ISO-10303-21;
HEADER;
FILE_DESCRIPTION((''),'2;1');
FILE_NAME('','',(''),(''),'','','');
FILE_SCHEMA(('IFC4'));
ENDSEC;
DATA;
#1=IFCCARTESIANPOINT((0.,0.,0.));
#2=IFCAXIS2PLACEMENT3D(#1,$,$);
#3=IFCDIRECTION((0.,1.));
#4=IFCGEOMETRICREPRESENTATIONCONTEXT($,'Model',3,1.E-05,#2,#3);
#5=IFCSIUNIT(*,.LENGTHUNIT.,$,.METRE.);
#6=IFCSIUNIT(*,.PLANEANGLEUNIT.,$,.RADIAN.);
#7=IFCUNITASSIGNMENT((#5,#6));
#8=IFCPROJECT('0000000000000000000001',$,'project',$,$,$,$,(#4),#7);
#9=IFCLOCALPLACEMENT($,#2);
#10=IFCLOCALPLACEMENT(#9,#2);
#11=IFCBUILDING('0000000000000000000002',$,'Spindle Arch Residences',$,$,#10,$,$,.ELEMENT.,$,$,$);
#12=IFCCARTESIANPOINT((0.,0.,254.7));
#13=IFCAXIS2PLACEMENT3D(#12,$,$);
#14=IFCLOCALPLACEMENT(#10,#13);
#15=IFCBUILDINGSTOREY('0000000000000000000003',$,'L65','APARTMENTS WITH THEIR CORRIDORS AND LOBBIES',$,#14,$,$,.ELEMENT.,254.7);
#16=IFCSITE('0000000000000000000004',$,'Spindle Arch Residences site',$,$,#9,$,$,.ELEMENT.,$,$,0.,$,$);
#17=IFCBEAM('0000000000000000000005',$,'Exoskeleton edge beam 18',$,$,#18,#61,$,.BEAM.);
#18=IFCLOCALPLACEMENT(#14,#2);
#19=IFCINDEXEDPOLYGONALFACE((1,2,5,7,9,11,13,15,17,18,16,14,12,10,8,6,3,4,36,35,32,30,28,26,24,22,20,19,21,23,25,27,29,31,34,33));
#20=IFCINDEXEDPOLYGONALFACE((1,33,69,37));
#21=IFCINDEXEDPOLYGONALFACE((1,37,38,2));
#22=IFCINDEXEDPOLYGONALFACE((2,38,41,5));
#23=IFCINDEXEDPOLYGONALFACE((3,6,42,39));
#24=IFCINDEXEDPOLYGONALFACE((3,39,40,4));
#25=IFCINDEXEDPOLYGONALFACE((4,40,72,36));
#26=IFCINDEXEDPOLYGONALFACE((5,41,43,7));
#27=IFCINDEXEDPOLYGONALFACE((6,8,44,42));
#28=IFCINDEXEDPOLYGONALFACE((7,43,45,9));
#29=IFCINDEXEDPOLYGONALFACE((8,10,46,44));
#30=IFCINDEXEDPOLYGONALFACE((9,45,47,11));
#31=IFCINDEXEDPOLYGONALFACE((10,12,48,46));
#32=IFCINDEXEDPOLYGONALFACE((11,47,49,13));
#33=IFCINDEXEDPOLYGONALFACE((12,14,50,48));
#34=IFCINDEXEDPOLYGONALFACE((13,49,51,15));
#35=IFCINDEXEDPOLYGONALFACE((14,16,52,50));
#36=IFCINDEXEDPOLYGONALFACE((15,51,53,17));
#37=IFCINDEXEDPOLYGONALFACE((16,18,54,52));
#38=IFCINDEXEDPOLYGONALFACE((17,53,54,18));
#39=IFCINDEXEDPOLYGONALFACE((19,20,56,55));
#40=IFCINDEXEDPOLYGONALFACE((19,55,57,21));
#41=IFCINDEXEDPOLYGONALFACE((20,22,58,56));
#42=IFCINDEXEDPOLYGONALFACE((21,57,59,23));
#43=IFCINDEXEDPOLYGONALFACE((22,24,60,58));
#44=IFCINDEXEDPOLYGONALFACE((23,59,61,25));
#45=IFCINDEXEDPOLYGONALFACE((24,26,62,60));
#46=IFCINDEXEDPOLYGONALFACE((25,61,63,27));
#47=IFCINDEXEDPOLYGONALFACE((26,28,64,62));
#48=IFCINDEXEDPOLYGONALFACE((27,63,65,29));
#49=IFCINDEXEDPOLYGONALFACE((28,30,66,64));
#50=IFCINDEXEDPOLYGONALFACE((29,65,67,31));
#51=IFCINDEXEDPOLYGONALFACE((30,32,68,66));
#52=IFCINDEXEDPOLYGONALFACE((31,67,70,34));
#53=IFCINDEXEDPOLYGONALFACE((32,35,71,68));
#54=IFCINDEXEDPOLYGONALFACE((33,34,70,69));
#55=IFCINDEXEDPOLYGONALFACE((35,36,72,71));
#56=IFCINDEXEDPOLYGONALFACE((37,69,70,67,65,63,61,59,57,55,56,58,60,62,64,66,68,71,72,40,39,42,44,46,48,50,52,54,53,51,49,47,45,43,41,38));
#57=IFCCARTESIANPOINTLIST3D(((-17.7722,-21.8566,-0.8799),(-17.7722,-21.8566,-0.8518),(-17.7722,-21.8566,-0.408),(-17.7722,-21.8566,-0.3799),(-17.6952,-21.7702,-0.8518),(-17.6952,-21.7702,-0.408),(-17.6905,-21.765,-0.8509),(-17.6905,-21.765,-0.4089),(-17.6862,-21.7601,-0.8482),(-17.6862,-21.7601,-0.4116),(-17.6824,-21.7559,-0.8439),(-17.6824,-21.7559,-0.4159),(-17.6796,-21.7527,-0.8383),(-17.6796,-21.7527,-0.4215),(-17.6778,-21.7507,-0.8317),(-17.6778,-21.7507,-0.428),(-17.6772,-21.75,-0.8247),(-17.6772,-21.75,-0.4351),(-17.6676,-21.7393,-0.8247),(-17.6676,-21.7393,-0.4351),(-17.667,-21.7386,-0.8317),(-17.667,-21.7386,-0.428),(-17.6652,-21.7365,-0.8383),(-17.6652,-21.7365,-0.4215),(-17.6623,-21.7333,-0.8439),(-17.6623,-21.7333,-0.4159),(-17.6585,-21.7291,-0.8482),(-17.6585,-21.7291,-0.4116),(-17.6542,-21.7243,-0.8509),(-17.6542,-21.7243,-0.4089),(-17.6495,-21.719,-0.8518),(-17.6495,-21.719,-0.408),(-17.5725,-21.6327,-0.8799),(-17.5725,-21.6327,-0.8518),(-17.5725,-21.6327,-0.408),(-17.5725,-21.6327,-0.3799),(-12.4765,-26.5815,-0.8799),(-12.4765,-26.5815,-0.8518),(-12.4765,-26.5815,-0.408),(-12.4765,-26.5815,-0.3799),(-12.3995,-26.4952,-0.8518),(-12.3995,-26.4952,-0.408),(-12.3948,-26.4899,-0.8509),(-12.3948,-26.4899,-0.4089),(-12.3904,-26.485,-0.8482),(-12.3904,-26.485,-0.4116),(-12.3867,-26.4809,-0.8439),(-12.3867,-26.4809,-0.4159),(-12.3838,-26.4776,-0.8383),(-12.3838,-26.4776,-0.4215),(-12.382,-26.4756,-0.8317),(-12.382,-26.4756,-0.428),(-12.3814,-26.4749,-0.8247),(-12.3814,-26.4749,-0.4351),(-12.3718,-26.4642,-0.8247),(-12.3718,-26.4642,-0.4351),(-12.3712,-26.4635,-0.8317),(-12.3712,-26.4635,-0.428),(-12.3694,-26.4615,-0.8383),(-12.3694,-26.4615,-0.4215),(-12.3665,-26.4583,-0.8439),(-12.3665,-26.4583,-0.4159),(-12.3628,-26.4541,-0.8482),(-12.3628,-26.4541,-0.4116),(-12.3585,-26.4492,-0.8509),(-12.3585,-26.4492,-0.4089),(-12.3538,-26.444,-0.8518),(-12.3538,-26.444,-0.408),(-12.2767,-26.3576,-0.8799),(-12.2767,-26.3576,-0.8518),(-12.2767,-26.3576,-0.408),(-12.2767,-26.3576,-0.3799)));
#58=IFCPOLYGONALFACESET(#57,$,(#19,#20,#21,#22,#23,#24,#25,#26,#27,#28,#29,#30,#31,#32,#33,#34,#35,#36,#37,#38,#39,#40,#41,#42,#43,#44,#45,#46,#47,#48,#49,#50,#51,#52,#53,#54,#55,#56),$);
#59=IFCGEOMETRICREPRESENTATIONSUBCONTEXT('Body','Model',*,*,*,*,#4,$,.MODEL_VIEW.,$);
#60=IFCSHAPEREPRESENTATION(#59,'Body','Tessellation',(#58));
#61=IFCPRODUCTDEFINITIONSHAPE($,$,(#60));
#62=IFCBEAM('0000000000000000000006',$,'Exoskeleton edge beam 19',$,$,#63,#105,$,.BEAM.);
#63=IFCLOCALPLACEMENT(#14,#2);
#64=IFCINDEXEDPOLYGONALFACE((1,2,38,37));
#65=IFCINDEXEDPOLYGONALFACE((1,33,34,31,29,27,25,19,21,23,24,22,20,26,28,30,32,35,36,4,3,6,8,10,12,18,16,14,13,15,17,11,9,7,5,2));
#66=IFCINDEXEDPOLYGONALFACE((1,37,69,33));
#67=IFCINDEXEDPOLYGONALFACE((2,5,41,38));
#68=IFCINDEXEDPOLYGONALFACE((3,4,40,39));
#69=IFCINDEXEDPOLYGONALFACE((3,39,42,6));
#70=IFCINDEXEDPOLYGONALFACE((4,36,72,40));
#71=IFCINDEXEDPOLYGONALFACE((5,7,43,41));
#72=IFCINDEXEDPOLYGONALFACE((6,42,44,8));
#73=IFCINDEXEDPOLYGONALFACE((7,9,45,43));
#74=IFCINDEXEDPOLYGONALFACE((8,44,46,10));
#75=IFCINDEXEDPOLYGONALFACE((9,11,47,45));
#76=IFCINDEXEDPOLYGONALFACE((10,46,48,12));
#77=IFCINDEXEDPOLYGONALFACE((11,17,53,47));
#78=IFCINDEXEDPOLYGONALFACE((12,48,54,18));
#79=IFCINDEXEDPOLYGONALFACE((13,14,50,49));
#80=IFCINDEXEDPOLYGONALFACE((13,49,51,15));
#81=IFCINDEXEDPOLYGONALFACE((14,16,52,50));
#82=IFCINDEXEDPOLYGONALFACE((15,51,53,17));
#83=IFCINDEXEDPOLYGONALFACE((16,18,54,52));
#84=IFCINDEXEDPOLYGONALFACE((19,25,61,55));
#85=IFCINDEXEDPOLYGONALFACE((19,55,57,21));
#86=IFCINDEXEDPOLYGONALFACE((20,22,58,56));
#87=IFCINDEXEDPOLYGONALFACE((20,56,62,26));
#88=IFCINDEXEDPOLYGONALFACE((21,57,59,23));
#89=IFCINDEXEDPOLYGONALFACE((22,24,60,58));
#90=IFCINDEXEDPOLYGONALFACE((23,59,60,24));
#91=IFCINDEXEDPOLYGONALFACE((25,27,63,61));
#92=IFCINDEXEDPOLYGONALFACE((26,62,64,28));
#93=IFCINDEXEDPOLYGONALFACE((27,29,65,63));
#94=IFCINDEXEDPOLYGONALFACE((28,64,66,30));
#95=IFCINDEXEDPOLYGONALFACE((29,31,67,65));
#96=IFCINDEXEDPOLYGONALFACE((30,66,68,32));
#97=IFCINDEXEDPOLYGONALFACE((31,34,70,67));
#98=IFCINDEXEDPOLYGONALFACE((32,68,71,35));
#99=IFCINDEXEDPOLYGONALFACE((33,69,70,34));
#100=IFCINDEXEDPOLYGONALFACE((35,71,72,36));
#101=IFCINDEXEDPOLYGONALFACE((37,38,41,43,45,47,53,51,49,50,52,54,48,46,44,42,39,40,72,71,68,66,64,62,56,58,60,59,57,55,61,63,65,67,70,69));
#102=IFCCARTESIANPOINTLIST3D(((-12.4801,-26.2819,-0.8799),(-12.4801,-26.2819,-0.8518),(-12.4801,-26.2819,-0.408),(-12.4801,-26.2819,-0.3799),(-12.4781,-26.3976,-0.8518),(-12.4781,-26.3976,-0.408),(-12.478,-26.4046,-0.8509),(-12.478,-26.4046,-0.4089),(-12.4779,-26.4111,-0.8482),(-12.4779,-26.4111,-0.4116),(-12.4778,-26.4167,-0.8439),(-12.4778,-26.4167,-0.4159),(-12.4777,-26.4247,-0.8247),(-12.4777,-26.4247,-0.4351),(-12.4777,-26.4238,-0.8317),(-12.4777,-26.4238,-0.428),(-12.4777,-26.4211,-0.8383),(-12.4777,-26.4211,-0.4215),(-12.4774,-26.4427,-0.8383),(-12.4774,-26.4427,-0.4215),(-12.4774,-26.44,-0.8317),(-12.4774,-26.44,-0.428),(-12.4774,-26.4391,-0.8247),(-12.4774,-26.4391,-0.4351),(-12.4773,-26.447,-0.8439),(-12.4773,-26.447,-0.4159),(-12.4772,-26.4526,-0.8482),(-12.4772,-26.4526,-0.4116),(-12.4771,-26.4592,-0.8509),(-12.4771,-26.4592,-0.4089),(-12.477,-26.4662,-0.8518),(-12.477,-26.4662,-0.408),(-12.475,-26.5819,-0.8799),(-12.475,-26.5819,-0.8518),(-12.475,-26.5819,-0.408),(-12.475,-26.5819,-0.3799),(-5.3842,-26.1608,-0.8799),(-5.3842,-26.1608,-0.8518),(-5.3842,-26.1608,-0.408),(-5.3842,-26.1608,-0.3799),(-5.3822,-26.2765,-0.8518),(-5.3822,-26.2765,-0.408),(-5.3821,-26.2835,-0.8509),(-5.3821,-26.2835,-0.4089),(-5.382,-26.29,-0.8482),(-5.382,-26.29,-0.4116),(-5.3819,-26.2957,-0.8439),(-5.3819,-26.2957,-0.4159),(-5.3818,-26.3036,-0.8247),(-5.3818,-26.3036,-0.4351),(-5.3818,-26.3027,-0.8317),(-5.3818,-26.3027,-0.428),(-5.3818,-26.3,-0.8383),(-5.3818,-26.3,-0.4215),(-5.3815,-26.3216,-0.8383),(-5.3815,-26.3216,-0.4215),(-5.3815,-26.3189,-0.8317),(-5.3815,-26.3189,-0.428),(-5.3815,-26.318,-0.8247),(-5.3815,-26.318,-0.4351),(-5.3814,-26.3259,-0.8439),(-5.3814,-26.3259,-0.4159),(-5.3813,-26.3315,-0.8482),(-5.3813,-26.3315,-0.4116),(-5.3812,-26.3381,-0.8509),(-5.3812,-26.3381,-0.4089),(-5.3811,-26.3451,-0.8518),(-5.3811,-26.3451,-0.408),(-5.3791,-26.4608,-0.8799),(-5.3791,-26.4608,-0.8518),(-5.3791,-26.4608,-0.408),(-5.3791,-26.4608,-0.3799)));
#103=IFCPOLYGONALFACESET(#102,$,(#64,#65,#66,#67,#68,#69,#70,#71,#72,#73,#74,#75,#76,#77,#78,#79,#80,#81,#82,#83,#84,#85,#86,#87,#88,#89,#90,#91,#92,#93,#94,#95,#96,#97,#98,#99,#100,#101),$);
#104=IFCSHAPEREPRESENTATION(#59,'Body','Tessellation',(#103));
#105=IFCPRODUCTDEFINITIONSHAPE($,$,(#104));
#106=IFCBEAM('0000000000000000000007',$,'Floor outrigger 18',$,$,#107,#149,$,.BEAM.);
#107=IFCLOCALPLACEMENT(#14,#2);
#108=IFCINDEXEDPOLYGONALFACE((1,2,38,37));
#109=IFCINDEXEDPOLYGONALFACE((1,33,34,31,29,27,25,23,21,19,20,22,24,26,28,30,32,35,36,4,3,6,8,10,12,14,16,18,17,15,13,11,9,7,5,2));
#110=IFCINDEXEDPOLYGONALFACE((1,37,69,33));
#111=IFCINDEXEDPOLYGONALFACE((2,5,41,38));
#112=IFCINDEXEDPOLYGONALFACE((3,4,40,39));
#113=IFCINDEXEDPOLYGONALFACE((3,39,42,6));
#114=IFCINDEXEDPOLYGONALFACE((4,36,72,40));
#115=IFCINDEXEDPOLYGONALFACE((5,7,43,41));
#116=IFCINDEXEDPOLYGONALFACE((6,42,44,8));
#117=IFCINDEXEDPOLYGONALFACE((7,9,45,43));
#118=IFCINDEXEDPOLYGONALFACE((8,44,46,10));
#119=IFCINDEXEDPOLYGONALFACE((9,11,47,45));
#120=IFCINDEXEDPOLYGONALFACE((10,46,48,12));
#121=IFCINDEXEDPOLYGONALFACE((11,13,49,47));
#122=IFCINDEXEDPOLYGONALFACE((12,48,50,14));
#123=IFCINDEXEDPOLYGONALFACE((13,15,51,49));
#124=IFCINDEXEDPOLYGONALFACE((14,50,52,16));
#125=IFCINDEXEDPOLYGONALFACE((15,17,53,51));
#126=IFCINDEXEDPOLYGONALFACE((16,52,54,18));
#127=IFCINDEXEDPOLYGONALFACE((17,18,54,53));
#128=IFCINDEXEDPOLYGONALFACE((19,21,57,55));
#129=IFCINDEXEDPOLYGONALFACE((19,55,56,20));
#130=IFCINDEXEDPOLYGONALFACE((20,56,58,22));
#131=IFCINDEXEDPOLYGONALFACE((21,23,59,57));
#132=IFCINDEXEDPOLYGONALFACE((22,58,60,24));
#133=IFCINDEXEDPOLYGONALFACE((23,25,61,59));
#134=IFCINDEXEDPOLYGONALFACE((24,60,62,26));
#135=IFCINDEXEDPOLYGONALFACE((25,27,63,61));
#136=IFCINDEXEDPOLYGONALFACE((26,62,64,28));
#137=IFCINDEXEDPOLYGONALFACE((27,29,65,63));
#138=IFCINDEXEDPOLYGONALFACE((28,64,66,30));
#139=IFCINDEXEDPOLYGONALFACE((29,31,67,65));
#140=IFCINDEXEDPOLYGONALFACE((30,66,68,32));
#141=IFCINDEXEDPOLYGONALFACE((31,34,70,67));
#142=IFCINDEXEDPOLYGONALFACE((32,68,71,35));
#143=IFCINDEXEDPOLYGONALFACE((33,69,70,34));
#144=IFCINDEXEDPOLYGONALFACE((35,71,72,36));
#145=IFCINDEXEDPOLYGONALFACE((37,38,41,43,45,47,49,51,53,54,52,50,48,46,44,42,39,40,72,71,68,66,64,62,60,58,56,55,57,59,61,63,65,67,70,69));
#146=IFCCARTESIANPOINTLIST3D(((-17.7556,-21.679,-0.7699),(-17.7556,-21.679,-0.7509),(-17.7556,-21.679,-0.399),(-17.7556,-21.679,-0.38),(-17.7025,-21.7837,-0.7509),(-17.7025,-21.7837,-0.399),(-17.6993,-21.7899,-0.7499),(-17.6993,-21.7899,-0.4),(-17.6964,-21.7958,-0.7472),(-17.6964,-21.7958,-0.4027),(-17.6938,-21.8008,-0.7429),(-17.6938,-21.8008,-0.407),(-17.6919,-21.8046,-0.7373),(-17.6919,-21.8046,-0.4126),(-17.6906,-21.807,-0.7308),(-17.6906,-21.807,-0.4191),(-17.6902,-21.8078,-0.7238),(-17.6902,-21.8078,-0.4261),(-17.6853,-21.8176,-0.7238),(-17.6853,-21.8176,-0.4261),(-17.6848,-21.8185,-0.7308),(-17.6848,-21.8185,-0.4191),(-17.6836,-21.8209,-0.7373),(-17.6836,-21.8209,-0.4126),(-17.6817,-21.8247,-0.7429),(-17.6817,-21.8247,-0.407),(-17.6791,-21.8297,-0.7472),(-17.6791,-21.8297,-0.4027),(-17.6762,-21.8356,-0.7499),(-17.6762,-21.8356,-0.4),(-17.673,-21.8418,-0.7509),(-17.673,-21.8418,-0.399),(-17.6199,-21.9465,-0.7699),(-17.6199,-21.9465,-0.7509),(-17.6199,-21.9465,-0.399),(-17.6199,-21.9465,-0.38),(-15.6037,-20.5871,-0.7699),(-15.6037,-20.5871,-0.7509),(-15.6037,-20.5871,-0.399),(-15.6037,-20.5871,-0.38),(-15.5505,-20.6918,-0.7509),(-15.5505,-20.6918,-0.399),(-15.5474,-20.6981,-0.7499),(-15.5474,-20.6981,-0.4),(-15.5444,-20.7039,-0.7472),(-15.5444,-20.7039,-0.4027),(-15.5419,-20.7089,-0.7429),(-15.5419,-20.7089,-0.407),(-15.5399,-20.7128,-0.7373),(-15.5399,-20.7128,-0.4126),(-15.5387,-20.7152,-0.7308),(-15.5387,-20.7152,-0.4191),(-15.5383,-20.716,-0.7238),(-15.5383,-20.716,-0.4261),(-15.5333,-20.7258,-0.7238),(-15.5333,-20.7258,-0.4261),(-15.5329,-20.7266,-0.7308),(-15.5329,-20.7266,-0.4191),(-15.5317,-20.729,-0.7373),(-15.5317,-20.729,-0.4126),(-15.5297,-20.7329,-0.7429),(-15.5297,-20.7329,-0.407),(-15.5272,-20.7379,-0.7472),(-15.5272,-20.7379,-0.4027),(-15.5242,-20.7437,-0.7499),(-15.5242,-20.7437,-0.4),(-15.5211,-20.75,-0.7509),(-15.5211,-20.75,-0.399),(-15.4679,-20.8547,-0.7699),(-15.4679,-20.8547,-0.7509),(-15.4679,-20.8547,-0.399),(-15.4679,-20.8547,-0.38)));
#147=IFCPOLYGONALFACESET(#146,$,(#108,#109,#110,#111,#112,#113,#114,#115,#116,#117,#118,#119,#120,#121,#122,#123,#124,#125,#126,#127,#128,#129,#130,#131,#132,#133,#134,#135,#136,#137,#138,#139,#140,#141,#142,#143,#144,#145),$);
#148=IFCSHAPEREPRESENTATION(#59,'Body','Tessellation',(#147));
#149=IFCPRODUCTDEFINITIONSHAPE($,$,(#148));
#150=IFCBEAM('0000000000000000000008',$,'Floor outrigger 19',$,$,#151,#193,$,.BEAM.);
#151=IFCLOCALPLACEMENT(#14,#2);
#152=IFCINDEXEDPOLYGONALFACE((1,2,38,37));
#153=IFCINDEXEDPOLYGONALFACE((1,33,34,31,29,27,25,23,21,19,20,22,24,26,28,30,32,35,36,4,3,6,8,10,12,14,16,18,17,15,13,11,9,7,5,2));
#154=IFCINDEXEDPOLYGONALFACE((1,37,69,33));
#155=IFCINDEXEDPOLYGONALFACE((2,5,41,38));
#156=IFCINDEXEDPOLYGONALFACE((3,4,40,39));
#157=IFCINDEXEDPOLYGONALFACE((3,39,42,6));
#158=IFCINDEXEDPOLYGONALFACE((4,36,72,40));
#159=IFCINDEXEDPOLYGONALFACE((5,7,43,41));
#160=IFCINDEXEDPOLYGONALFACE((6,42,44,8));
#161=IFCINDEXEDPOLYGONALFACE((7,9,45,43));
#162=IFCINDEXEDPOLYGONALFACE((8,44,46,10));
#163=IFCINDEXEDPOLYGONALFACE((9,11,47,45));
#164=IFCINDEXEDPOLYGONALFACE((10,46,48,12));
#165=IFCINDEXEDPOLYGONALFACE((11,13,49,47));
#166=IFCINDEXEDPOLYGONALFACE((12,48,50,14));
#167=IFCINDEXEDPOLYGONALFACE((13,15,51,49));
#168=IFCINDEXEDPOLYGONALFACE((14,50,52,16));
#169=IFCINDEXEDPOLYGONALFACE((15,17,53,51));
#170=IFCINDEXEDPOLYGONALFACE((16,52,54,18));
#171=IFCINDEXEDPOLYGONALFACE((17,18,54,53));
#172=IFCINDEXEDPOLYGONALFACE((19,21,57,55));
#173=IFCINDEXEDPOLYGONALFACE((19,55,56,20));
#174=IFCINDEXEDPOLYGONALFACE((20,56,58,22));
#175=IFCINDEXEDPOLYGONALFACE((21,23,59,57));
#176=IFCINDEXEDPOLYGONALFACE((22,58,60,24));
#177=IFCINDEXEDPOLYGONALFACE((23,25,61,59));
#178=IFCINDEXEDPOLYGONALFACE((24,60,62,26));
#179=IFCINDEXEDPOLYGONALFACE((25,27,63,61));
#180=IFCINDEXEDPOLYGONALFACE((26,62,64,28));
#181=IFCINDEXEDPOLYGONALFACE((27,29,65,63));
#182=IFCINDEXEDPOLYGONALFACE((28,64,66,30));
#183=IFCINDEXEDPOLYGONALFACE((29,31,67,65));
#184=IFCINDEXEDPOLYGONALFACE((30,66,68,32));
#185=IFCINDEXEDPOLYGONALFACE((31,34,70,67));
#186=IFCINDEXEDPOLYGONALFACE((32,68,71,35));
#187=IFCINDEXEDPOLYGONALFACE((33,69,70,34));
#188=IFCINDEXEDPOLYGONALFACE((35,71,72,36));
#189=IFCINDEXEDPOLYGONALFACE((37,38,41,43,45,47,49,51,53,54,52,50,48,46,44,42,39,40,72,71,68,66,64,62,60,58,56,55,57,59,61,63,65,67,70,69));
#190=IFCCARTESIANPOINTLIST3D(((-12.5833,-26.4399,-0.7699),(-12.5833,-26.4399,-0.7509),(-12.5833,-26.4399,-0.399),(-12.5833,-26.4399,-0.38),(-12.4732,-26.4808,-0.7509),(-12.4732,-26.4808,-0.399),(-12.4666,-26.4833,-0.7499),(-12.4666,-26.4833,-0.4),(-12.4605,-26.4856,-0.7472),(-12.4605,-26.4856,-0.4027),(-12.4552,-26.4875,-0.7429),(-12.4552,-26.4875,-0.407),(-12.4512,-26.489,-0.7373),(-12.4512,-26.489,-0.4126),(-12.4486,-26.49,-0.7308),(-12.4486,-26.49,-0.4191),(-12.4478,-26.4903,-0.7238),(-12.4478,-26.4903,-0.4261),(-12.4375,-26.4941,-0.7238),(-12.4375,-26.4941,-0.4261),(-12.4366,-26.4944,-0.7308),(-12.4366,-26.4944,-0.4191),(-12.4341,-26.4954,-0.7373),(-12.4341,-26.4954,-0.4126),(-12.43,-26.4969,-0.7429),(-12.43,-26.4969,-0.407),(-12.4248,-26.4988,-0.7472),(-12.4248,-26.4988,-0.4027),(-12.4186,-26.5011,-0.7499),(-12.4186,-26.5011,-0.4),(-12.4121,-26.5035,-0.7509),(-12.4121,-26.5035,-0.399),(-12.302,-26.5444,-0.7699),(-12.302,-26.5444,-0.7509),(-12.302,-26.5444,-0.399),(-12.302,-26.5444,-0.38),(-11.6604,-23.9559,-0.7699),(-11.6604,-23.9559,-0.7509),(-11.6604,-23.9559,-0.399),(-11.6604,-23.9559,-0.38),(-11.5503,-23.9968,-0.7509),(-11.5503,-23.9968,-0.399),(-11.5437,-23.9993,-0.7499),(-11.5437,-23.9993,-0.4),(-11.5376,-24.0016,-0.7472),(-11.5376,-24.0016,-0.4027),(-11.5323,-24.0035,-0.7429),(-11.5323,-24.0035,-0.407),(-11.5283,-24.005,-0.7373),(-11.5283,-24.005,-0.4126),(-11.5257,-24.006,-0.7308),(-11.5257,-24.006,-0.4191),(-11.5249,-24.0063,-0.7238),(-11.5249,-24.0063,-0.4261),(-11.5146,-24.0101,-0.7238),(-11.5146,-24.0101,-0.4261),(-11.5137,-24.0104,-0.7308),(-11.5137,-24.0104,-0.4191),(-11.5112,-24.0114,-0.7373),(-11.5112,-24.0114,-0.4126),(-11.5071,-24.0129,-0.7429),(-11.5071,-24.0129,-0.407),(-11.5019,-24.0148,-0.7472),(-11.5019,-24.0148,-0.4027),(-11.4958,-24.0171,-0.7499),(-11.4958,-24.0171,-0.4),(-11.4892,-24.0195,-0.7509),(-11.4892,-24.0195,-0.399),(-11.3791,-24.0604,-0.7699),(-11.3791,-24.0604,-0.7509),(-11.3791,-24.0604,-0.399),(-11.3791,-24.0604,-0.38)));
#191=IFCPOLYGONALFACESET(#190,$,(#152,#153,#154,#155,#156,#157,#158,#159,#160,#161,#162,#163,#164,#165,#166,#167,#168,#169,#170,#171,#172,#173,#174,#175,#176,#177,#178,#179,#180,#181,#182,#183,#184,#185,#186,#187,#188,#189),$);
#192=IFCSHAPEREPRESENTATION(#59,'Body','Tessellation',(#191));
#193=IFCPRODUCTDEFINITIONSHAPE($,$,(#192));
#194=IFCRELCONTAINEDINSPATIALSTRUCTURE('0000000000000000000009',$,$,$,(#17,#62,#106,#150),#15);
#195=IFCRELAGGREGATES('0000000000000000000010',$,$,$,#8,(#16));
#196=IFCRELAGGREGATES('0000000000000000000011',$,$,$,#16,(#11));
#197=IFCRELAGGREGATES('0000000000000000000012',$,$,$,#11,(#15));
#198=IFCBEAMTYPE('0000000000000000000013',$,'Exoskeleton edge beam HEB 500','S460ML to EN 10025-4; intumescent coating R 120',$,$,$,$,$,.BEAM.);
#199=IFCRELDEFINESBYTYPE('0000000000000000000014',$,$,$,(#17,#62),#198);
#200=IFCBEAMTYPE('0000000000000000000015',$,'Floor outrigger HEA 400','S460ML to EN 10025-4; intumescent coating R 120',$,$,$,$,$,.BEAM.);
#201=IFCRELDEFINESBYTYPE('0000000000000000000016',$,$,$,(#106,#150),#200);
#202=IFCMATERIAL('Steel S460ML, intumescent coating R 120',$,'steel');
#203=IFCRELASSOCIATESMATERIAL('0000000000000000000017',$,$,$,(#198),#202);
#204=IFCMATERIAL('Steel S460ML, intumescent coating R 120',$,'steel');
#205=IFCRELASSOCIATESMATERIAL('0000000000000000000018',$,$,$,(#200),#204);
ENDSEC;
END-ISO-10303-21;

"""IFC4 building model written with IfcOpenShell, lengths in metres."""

from ifc_helpers import new_model, si_unit, direction, frame, origin, origin_2d, place, context, subcontext, project, spatial, i_section, extrude, material, material_profile, profile_set, type_object, element, save


model = new_model("IFC4")

# Units and contexts
model_context = context("Model", 3, precision=1e-05, world=origin(), true_north=direction((0.0, 1.0)))
body_context = subcontext(model_context, "Body", "Model", "MODEL_VIEW")
ifc_project = project(units=[si_unit("LENGTHUNIT", "METRE"), si_unit("PLANEANGLEUNIT", "RADIAN")], contexts=[model_context])

# Site, building, storey
site_placement = place(None, origin())
site = spatial("IfcSite", under=ifc_project, at=site_placement, Name="Spindle Arch Residences site", CompositionType="ELEMENT", RefElevation=0.0)
building_placement = place(site_placement, origin())
building = spatial("IfcBuilding", under=site, at=building_placement, Name="Spindle Arch Residences", CompositionType="ELEMENT")
storey_placement = place(building_placement, frame((0.0, 0.0, 254.7)))
storey = spatial("IfcBuildingStorey", under=building, at=storey_placement, Name="L65", Description="APARTMENTS WITH THEIR CORRIDORS AND LOBBIES", CompositionType="ELEMENT", Elevation=254.7)

# Beams
ifc_material_1 = material(Name="Steel S460ML, intumescent coating R 120", Category="steel")
ifc_material_profile_1 = material_profile(ifc_material_1, i_section(OverallWidth=0.3, OverallDepth=0.5, WebThickness=0.0144, FlangeThickness=0.0281, FilletRadius=0.0271, at=origin_2d()), Name="HEB 500")
ifc_profile_set_1 = profile_set([ifc_material_profile_1], Name="Steel S460ML, intumescent coating R 120")
beam_type_1 = type_object("IfcBeamType", Name="Exoskeleton edge beam HEB 500", Description="S460ML to EN 10025-4; intumescent coating R 120", PredefinedType="BEAM", material=ifc_profile_set_1)
beam_1_placement = place(storey_placement, frame((-17.6724, -21.7446, -0.6299), z_axis=(0.746176, -0.665748, 0.0), x_axis=(0.665748, 0.746176, 0.0)))
element("IfcBeam", 1, at=beam_1_placement, inside=storey, type_object=beam_type_1, Name="Exoskeleton edge beam 18", PredefinedType="BEAM", context=body_context, shape_type="SweptSolid", body=[
    extrude(i_section(OverallWidth=0.3, OverallDepth=0.5, WebThickness=0.0144, FlangeThickness=0.0281, FilletRadius=0.0271, at=origin_2d()), origin(), (0.0, 0.0, 1.0), 7.0972),
])
beam_2_placement = place(storey_placement, frame((-12.4775, -26.4319, -0.6299), z_axis=(0.999854, 0.017063, 0.0), x_axis=(-0.017063, 0.999854, 0.0)))
element("IfcBeam", 2, at=beam_2_placement, inside=storey, type_object=beam_type_1, Name="Exoskeleton edge beam 19", PredefinedType="BEAM", context=body_context, shape_type="SweptSolid", body=[
    extrude(i_section(OverallWidth=0.3, OverallDepth=0.5, WebThickness=0.0144, FlangeThickness=0.0281, FilletRadius=0.0271, at=origin_2d()), origin(), (0.0, 0.0, 1.0), 7.0969),
])
ifc_material_2 = material(Name="Steel S460ML, intumescent coating R 120", Category="steel")
ifc_material_profile_2 = material_profile(ifc_material_2, i_section(OverallWidth=0.3, OverallDepth=0.3899, WebThickness=0.011, FlangeThickness=0.019, FilletRadius=0.0271, at=origin_2d()), Name="HEA 400")
ifc_profile_set_2 = profile_set([ifc_material_profile_2], Name="Steel S460ML, intumescent coating R 120")
beam_type_2 = type_object("IfcBeamType", Name="Floor outrigger HEA 400", Description="S460ML to EN 10025-4; intumescent coating R 120", PredefinedType="BEAM", material=ifc_profile_set_2)
beam_3_placement = place(storey_placement, frame((-17.6877, -21.8127, -0.575), z_axis=(0.891781, 0.452467, 0.0), x_axis=(-0.452467, 0.891781, 0.0)))
element("IfcBeam", 3, at=beam_3_placement, inside=storey, type_object=beam_type_2, Name="Floor outrigger 18", PredefinedType="BEAM", context=body_context, shape_type="SweptSolid", body=[
    extrude(i_section(OverallWidth=0.3, OverallDepth=0.3899, WebThickness=0.011, FlangeThickness=0.019, FilletRadius=0.0271, at=origin_2d()), origin(), (0.0, 0.0, 1.0), 2.4131),
])
beam_4_placement = place(storey_placement, frame((-12.4426, -26.4922, -0.575), z_axis=(0.348274, 0.937393, 0.0), x_axis=(-0.937393, 0.348274, 0.0)))
element("IfcBeam", 4, at=beam_4_placement, inside=storey, type_object=beam_type_2, Name="Floor outrigger 19", PredefinedType="BEAM", context=body_context, shape_type="SweptSolid", body=[
    extrude(i_section(OverallWidth=0.3, OverallDepth=0.3899, WebThickness=0.011, FlangeThickness=0.019, FilletRadius=0.0271, at=origin_2d()), origin(), (0.0, 0.0, 1.0), 2.6499),
])

save(model, "model.ifc")
